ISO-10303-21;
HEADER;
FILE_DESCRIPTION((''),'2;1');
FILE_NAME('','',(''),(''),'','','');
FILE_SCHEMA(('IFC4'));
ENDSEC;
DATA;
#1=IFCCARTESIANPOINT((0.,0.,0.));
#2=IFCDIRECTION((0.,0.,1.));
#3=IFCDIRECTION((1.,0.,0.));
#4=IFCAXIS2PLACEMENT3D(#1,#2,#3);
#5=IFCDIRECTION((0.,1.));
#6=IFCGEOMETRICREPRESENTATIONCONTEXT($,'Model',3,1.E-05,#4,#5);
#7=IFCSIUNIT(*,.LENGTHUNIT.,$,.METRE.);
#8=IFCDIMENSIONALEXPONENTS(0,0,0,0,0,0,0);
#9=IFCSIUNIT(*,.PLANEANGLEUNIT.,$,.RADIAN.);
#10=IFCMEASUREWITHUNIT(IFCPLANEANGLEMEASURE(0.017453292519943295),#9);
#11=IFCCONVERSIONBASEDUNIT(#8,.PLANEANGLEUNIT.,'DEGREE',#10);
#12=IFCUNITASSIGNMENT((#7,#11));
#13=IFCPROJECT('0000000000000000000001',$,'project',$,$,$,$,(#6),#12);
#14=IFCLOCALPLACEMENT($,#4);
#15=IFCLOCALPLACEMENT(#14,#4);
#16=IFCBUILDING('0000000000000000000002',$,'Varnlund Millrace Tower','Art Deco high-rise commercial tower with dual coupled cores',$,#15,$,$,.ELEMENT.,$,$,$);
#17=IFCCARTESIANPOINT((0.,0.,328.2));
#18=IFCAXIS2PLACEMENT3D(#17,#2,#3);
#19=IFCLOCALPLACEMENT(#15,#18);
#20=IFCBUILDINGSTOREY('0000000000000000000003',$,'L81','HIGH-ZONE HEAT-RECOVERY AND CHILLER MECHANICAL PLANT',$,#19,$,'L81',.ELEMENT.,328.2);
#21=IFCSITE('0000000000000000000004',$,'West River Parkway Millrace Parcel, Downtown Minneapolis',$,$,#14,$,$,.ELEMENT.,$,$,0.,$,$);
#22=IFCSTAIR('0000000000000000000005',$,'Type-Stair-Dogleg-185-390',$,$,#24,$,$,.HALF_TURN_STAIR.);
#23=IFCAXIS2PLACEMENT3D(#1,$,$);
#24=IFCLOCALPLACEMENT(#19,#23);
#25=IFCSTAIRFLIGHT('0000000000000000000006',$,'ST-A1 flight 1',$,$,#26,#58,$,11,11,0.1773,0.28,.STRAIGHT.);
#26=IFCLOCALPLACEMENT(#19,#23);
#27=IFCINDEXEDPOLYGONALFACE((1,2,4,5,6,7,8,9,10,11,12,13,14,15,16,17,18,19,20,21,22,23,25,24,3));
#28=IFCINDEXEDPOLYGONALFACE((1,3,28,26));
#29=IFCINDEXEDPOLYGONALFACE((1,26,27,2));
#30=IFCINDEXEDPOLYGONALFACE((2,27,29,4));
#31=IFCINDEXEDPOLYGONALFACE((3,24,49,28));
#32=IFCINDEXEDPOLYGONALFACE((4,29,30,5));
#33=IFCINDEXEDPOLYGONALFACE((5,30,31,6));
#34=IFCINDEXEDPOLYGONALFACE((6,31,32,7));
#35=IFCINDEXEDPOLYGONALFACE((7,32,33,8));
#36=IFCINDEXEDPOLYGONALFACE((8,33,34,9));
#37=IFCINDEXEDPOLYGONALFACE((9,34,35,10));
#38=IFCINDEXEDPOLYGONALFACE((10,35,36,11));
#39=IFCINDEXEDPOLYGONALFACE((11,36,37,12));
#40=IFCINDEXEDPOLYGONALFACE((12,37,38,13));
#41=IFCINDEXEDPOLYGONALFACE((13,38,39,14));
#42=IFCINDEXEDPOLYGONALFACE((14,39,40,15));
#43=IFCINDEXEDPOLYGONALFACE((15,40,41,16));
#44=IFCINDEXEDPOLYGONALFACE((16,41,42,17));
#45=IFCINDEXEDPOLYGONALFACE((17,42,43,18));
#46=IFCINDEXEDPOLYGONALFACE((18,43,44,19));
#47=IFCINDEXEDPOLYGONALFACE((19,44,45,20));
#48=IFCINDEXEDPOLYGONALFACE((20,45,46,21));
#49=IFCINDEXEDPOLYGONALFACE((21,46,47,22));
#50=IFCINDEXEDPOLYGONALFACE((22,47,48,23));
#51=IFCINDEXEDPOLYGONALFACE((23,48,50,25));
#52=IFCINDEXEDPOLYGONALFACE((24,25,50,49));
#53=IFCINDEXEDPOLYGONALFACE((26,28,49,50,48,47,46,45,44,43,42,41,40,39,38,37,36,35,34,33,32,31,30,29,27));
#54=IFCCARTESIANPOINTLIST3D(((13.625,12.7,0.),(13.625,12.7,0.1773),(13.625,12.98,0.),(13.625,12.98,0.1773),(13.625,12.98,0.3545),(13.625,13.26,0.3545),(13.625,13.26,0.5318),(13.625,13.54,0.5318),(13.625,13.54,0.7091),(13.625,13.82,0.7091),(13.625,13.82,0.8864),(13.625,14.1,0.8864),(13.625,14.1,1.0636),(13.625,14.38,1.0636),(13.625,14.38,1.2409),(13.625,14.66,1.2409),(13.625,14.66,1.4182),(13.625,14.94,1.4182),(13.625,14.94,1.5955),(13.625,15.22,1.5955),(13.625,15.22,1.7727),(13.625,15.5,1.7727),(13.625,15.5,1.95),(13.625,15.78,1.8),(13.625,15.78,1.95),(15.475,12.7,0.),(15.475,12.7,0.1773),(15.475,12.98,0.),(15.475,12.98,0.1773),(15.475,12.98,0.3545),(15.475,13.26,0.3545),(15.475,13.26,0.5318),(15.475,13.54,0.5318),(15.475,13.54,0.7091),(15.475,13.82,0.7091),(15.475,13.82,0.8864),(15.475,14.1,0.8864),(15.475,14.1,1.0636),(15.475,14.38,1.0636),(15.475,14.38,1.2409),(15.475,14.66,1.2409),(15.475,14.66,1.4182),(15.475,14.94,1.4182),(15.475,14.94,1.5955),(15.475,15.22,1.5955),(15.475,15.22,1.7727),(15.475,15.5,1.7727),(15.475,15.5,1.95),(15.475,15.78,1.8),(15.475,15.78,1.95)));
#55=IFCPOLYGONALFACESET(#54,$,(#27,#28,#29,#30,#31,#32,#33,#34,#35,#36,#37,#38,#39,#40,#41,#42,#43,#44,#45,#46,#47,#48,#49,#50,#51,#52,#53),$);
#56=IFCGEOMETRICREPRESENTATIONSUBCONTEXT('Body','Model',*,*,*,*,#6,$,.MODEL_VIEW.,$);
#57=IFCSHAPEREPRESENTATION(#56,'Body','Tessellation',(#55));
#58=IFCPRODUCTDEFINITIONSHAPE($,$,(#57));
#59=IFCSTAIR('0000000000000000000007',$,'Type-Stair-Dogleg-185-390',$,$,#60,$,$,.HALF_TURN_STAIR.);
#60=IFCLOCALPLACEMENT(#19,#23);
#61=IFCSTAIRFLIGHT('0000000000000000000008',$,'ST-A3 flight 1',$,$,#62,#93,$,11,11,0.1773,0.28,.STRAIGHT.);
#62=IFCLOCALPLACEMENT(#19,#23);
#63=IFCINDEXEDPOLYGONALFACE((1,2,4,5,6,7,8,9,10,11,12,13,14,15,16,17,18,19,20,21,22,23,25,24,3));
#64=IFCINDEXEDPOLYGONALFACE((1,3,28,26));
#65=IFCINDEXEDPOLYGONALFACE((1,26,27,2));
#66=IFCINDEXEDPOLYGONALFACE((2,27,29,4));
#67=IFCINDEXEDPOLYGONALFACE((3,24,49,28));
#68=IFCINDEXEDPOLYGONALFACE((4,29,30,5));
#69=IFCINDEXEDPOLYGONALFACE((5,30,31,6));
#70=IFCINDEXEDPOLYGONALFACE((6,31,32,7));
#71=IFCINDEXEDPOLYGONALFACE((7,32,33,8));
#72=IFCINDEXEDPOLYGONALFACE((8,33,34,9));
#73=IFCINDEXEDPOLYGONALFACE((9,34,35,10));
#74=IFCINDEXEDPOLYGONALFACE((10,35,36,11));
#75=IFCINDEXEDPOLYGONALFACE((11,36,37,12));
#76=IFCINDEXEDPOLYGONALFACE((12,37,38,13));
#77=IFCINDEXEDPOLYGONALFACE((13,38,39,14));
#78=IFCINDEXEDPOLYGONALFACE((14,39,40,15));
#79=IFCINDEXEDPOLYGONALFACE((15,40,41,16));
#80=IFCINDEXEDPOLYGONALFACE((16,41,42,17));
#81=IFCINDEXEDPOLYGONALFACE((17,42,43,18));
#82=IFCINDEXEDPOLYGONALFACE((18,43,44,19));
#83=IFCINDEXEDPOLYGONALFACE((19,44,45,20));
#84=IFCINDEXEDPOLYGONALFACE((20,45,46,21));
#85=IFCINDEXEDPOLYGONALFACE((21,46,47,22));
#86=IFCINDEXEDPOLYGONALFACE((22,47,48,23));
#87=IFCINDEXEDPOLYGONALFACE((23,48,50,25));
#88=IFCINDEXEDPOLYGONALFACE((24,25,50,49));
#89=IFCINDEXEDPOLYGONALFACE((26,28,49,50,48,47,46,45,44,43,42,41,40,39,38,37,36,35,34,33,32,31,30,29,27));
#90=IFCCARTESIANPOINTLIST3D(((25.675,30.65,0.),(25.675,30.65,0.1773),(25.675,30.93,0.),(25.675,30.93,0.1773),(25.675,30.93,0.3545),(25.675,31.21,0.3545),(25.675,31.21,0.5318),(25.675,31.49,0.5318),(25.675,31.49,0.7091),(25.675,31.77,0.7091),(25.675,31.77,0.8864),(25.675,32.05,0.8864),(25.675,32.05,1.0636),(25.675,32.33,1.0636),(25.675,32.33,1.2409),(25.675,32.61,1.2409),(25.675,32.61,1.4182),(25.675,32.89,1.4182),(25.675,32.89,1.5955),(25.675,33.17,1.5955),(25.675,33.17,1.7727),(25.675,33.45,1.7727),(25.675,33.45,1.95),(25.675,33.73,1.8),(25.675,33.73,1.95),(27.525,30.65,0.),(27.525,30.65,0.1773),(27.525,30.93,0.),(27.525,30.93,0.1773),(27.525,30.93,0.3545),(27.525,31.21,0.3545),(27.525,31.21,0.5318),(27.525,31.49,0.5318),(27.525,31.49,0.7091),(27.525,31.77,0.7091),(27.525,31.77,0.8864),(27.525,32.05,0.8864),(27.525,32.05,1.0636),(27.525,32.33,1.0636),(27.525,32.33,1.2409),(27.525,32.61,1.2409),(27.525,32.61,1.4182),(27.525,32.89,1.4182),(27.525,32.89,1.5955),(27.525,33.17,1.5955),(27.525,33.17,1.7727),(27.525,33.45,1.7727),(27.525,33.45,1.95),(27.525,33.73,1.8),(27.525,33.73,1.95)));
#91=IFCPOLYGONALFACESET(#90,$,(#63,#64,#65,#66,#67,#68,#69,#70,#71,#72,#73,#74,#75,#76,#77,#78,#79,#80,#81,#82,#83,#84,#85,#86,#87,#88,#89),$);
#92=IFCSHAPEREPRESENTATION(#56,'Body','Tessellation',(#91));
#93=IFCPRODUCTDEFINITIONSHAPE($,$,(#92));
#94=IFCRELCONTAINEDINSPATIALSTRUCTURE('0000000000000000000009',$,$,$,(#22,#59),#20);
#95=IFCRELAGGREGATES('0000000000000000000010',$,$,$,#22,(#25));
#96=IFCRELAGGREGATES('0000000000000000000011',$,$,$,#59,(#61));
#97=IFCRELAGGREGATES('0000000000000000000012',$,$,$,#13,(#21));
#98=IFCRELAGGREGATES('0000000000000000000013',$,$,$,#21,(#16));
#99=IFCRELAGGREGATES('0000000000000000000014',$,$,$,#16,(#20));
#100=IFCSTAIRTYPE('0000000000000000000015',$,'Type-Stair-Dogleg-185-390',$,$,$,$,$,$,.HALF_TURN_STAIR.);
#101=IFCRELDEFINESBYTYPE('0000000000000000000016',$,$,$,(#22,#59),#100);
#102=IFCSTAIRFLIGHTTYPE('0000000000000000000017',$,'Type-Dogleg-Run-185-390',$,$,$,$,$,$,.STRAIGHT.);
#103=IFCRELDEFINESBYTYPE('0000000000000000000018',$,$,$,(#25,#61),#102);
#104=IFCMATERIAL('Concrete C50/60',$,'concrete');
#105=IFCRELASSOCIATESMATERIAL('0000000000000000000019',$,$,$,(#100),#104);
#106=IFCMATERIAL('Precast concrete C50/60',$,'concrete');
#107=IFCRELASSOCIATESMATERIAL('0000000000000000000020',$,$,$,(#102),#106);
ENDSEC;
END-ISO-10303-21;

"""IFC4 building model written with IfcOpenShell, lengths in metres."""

from ifc_helpers import new_model, entity, si_unit, converted_unit, direction, frame, origin_with_axes, place, context, subcontext, project, spatial, polyline, outline, extrude, material, type_object, element, aggregate, save


model = new_model("IFC4")

# Units and contexts
model_context = context("Model", 3, precision=1e-05, world=origin_with_axes(), true_north=direction((0.0, 1.0)))
body_context = subcontext(model_context, "Body", "Model", "MODEL_VIEW")
ifc_project = project(units=[si_unit("LENGTHUNIT", "METRE"), converted_unit("PLANEANGLEUNIT", "DEGREE", entity("IfcPlaneAngleMeasure", 0.017453292519943295), si_unit("PLANEANGLEUNIT", "RADIAN"), dimensions=[0, 0, 0, 0, 0, 0, 0])], contexts=[model_context])

# Site, building, storey
site_placement = place(None, origin_with_axes())
site = spatial("IfcSite", under=ifc_project, at=site_placement, Name="West River Parkway Millrace Parcel, Downtown Minneapolis", CompositionType="ELEMENT", RefElevation=0.0)
building_placement = place(site_placement, origin_with_axes())
building = spatial("IfcBuilding", under=site, at=building_placement, Name="Varnlund Millrace Tower", Description="Art Deco high-rise commercial tower with dual coupled cores", CompositionType="ELEMENT")
storey_placement = place(building_placement, frame((0.0, 0.0, 328.2), z_axis=(0.0, 0.0, 1.0), x_axis=(1.0, 0.0, 0.0)))
storey = spatial("IfcBuildingStorey", under=building, at=storey_placement, Name="L81", Description="HIGH-ZONE HEAT-RECOVERY AND CHILLER MECHANICAL PLANT", LongName="L81", CompositionType="ELEMENT", Elevation=328.2)

# Shared definitions
ifc_material_1 = material(Name="Precast concrete C50/60", Category="concrete")

# Stairs, stair flights
ifc_material_2 = material(Name="Concrete C50/60", Category="concrete")
stair_type = type_object("IfcStairType", Name="Type-Stair-Dogleg-185-390", PredefinedType="HALF_TURN_STAIR", material=ifc_material_2)
stair_1_placement = place(storey_placement, origin_with_axes())
stair_1 = element("IfcStair", 1, at=stair_1_placement, inside=storey, type_object=stair_type, Name="Type-Stair-Dogleg-185-390", PredefinedType="HALF_TURN_STAIR")
stair_flight_type = type_object("IfcStairFlightType", Name="Type-Dogleg-Run-185-390", PredefinedType="STRAIGHT", material=ifc_material_1)
stair_flight_1_placement = place(storey_placement, frame((13.625, 12.7, 0.0), z_axis=(1.0, 0.0, 0.0), x_axis=(0.0, 1.0, 0.0)))
stair_flight_1 = element("IfcStairFlight", 2, at=stair_flight_1_placement, type_object=stair_flight_type, Name="ST-A1 flight 1", NumberOfRisers=11, NumberOfTreads=11, PredefinedType="STRAIGHT", RiserHeight=0.1773, TreadLength=0.28, context=body_context, shape_type="SweptSolid", body=[
    extrude(outline(polyline([(0.0, 0.0), (0.0, 0.1773), (0.28, 0.1773), (0.28, 0.3545), (0.56, 0.3545), (0.56, 0.5318), (0.84, 0.5318), (0.84, 0.7091), (1.12, 0.7091), (1.12, 0.8864), (1.4, 0.8864), (1.4, 1.0636), (1.68, 1.0636), (1.68, 1.2409), (1.96, 1.2409), (1.96, 1.4182), (2.24, 1.4182), (2.24, 1.5955), (2.52, 1.5955), (2.52, 1.7727), (2.8, 1.7727), (2.8, 1.95), (3.08, 1.95), (3.08, 1.8), (0.28, 0.0), (0.0, 0.0)])), origin_with_axes(), (0.0, 0.0, 1.0), 1.85),
])
aggregate(stair_1, [stair_flight_1])
stair_2_placement = place(storey_placement, origin_with_axes())
stair_2 = element("IfcStair", 3, at=stair_2_placement, inside=storey, type_object=stair_type, Name="Type-Stair-Dogleg-185-390", PredefinedType="HALF_TURN_STAIR")
stair_flight_2_placement = place(storey_placement, frame((25.675, 30.65, 0.0), z_axis=(1.0, 0.0, 0.0), x_axis=(0.0, 1.0, 0.0)))
stair_flight_2 = element("IfcStairFlight", 4, at=stair_flight_2_placement, type_object=stair_flight_type, Name="ST-A3 flight 1", NumberOfRisers=11, NumberOfTreads=11, PredefinedType="STRAIGHT", RiserHeight=0.1773, TreadLength=0.28, context=body_context, shape_type="SweptSolid", body=[
    extrude(outline(polyline([(0.0, 0.0), (0.0, 0.1773), (0.28, 0.1773), (0.28, 0.3545), (0.56, 0.3545), (0.56, 0.5318), (0.84, 0.5318), (0.84, 0.7091), (1.12, 0.7091), (1.12, 0.8864), (1.4, 0.8864), (1.4, 1.0636), (1.68, 1.0636), (1.68, 1.2409), (1.96, 1.2409), (1.96, 1.4182), (2.24, 1.4182), (2.24, 1.5955), (2.52, 1.5955), (2.52, 1.7727), (2.8, 1.7727), (2.8, 1.95), (3.08, 1.95), (3.08, 1.8), (0.28, 0.0), (0.0, 0.0)])), origin_with_axes(), (0.0, 0.0, 1.0), 1.85),
])
aggregate(stair_2, [stair_flight_2])

save(model, "model.ifc")
